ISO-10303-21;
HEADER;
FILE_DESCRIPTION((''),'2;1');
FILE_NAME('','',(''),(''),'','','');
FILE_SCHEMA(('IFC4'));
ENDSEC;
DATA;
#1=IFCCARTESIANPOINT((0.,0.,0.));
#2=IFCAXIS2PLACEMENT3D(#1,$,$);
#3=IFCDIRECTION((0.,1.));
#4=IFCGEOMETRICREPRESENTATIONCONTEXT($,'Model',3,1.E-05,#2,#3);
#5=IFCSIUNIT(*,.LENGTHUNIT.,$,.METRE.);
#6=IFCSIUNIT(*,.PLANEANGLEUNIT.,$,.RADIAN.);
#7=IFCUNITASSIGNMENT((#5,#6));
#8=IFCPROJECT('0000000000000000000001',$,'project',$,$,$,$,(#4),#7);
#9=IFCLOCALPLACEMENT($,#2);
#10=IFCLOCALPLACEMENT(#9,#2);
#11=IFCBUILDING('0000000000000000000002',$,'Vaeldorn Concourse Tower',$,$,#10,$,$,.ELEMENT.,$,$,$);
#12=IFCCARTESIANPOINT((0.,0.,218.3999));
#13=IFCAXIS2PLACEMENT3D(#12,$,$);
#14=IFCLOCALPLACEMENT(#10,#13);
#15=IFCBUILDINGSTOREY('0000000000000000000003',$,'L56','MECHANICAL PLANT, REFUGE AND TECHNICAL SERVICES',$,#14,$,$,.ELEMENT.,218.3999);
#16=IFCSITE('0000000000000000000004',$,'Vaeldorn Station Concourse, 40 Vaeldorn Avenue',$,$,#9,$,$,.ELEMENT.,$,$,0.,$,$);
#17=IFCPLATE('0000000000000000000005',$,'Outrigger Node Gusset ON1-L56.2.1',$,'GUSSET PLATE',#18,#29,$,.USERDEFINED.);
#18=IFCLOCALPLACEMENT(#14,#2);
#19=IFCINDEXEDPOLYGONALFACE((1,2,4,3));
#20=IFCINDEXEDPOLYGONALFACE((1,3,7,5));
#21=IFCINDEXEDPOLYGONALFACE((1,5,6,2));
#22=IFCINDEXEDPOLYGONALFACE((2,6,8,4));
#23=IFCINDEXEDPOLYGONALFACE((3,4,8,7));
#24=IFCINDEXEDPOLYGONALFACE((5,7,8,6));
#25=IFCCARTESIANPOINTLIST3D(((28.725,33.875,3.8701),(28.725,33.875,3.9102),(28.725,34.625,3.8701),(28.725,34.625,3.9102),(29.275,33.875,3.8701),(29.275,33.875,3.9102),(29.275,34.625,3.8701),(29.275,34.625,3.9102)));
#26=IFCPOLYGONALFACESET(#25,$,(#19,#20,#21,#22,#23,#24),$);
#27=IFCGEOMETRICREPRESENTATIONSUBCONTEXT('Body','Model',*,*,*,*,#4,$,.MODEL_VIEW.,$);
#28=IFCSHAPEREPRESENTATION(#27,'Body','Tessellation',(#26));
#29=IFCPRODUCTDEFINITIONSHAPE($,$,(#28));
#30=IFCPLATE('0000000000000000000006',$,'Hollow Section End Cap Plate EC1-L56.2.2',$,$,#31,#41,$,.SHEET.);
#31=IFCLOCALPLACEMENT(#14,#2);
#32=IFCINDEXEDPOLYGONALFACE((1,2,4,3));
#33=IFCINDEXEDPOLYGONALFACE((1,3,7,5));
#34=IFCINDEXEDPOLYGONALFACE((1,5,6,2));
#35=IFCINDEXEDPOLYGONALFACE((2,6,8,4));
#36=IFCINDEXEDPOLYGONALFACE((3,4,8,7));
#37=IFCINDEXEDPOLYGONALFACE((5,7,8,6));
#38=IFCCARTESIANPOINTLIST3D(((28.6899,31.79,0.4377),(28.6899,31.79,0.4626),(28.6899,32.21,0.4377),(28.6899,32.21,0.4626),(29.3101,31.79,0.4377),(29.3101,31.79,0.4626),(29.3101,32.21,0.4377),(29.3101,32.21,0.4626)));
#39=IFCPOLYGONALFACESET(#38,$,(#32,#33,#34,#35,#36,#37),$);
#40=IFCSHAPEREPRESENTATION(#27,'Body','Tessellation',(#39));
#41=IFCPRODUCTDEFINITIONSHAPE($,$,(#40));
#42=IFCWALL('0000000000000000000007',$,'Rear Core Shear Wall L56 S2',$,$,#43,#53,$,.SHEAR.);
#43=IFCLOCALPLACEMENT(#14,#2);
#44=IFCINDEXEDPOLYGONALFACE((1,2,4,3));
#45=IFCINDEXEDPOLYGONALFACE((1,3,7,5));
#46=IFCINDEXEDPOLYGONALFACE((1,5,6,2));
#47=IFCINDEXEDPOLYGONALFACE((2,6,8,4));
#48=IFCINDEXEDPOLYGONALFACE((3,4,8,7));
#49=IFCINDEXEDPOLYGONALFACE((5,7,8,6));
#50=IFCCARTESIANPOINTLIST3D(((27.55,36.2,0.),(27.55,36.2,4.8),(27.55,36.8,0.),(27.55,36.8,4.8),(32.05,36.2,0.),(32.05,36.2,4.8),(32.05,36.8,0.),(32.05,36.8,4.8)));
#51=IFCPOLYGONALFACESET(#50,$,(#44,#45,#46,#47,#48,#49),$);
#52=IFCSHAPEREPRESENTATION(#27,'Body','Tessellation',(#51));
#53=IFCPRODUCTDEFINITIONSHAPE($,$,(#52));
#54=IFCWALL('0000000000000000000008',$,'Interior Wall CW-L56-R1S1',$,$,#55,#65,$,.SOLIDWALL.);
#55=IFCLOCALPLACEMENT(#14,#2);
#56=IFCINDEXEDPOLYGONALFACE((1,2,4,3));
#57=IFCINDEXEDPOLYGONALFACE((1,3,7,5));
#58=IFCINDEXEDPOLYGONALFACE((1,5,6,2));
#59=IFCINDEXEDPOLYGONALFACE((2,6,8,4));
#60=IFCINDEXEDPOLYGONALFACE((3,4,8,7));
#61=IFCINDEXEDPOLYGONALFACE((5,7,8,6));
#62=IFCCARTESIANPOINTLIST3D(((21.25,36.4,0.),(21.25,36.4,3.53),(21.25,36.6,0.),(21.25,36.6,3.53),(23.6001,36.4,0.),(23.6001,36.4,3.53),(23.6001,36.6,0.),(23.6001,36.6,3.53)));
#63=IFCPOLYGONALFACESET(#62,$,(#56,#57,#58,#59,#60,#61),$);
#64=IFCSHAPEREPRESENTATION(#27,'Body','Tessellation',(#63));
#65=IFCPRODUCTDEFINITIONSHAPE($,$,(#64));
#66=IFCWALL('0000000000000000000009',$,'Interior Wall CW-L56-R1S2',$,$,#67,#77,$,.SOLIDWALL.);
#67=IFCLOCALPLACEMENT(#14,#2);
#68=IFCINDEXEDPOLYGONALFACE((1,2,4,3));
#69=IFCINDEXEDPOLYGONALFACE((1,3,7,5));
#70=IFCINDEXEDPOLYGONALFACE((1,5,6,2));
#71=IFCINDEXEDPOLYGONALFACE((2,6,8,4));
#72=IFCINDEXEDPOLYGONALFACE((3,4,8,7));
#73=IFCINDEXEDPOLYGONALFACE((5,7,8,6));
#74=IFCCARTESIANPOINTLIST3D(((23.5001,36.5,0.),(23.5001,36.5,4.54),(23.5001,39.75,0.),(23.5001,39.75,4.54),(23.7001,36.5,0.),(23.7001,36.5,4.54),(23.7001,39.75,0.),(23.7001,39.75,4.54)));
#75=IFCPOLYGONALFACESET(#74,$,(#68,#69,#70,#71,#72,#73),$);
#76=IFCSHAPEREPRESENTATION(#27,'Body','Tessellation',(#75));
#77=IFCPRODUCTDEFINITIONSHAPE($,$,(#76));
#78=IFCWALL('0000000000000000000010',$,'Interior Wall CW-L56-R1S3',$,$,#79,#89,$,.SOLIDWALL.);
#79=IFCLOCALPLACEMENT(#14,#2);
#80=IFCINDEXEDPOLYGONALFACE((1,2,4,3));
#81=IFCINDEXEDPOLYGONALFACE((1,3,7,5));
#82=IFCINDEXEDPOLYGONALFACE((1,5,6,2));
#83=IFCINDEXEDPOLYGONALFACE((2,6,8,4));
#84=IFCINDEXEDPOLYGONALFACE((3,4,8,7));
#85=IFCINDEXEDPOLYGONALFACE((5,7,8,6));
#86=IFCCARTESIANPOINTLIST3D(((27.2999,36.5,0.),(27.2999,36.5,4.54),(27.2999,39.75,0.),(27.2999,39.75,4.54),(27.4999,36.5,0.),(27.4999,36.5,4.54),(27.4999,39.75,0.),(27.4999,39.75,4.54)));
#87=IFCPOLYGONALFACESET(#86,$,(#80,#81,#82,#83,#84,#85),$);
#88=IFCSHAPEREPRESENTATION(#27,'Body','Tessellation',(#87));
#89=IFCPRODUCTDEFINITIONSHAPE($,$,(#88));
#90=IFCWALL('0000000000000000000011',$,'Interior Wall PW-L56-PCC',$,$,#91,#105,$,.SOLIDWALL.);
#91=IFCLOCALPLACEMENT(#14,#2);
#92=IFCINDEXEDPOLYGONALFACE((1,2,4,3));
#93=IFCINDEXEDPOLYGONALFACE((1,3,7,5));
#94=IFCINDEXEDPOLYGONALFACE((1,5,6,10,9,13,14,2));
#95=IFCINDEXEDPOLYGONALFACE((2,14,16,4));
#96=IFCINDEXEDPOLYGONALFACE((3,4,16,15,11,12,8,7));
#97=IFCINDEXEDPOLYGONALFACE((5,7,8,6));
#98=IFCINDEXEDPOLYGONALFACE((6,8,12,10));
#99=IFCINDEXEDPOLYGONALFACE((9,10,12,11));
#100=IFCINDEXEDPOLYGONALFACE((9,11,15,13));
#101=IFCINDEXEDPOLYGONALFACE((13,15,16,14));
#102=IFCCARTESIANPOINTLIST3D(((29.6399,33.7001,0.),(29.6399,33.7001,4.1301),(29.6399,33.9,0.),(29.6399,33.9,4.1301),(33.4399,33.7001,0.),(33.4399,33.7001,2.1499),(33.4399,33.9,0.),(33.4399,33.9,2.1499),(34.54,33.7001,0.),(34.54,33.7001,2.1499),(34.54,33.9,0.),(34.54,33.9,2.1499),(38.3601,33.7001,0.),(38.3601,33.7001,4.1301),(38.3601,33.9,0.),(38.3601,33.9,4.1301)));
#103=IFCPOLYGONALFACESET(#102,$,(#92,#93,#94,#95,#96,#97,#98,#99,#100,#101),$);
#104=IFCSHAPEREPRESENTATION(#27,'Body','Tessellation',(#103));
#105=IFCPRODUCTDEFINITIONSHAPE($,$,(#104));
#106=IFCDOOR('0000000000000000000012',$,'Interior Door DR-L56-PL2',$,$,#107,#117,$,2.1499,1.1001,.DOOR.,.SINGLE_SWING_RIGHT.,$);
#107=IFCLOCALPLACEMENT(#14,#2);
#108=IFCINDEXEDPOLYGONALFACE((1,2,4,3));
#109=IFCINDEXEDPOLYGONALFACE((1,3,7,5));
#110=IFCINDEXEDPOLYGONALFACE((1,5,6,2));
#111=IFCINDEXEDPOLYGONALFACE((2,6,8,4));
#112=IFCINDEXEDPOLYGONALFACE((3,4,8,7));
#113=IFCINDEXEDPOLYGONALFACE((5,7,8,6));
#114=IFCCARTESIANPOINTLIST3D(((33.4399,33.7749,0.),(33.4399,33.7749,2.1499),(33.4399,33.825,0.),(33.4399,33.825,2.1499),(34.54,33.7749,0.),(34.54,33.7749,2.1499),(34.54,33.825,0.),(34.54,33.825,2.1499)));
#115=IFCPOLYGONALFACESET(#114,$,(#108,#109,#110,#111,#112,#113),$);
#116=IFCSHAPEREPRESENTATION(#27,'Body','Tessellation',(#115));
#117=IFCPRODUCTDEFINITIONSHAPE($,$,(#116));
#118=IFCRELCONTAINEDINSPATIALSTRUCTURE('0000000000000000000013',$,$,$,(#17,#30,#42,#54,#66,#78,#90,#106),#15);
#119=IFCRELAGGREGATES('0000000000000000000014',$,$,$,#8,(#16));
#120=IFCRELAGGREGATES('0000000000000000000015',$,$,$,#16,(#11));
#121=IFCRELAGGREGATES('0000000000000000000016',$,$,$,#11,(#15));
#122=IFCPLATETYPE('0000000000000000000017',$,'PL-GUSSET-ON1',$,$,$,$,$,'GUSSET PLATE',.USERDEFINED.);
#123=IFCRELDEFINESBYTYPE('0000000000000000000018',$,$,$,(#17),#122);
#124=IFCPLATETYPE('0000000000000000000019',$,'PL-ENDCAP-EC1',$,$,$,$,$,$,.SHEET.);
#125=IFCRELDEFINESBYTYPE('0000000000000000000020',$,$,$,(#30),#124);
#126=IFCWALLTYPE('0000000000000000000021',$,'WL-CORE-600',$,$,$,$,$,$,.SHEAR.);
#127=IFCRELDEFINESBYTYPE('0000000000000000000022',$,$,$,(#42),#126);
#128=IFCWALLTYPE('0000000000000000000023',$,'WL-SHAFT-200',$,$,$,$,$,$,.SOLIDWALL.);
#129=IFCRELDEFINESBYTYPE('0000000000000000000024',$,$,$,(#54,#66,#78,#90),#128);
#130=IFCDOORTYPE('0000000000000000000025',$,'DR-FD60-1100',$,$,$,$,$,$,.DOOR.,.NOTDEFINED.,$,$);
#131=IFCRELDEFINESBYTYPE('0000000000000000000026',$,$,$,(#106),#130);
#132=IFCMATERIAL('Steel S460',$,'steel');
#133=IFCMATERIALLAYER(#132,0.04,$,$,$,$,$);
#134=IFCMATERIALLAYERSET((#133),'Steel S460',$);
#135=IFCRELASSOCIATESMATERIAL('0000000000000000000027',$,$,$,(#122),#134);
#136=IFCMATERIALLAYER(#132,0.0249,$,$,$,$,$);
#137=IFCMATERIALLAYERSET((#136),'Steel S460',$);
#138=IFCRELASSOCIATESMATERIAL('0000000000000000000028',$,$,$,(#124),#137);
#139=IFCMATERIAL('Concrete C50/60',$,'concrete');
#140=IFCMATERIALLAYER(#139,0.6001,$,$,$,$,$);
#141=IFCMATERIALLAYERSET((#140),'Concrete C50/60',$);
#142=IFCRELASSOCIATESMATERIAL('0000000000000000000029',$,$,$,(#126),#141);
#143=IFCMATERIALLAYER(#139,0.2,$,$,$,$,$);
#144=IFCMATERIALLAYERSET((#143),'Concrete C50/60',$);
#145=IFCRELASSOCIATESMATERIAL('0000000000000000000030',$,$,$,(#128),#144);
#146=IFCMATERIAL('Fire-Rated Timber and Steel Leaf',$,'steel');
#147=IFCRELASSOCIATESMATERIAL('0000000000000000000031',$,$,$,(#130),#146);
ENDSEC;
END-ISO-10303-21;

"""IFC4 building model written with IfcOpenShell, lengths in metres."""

from ifc_helpers import new_model, si_unit, direction, frame, frame_2d, origin, origin_2d, place, context, subcontext, project, spatial, rectangle, extrude, source, transform, mapped, material, layer, layer_set, type_object, element, fill, save


model = new_model("IFC4")

# Units and contexts
model_context = context("Model", 3, precision=1e-05, world=origin(), true_north=direction((0.0, 1.0)))
body_context = subcontext(model_context, "Body", "Model", "MODEL_VIEW")
ifc_project = project(units=[si_unit("LENGTHUNIT", "METRE"), si_unit("PLANEANGLEUNIT", "RADIAN")], contexts=[model_context])

# Site, building, storey
site_placement = place(None, origin())
site = spatial("IfcSite", under=ifc_project, at=site_placement, Name="Vaeldorn Station Concourse, 40 Vaeldorn Avenue", CompositionType="ELEMENT", RefElevation=0.0)
building_placement = place(site_placement, origin())
building = spatial("IfcBuilding", under=site, at=building_placement, Name="Vaeldorn Concourse Tower", CompositionType="ELEMENT")
storey_placement = place(building_placement, frame((0.0, 0.0, 218.3999)))
storey = spatial("IfcBuildingStorey", under=building, at=storey_placement, Name="L56", Description="MECHANICAL PLANT, REFUGE AND TECHNICAL SERVICES", CompositionType="ELEMENT", Elevation=218.3999)

# Shared definitions
ifc_material_1 = material(Name="Steel S460", Category="steel")

# Plates
ifc_layer_1 = layer(ifc_material_1, 0.04)
ifc_layer_set_1 = layer_set([ifc_layer_1], Name="Steel S460")
plate_type_1 = type_object("IfcPlateType", Name="PL-GUSSET-ON1", ElementType="GUSSET PLATE", PredefinedType="USERDEFINED", material=ifc_layer_set_1)
shared_shape_1 = source(origin(), body_context, "Body", "SweptSolid", [
    extrude(rectangle(XDim=0.75, YDim=0.55, at=origin_2d()), origin(), (0.0, 0.0, 1.0), 0.04),
])
plate_1_placement = place(storey_placement, frame((29.0, 34.25, 3.8701), z_axis=(0.0, 0.0, 1.0), x_axis=(0.0, 1.0, 0.0)))
element("IfcPlate", 1, at=plate_1_placement, inside=storey, type_object=plate_type_1, Name="Outrigger Node Gusset ON1-L56.2.1", ObjectType="GUSSET PLATE", PredefinedType="USERDEFINED", context=body_context, shape_type="MappedRepresentation", body=[
    mapped(shared_shape_1, transform((0.0, 0.0, 0.0), scale=1.0)),
])
ifc_layer_2 = layer(ifc_material_1, 0.0249)
ifc_layer_set_2 = layer_set([ifc_layer_2], Name="Steel S460")
plate_type_2 = type_object("IfcPlateType", Name="PL-ENDCAP-EC1", PredefinedType="SHEET", material=ifc_layer_set_2)
shared_shape_2 = source(origin(), body_context, "Body", "SweptSolid", [
    extrude(rectangle(XDim=0.6201, YDim=0.4199, at=origin_2d()), origin(), (0.0, 0.0, 1.0), 0.0249),
])
plate_2_placement = place(storey_placement, frame((29.0, 32.0, 0.4377), z_axis=(0.0, 0.0, 1.0), x_axis=(1.0, 0.0, 0.0)))
element("IfcPlate", 2, at=plate_2_placement, inside=storey, type_object=plate_type_2, Name="Hollow Section End Cap Plate EC1-L56.2.2", PredefinedType="SHEET", context=body_context, shape_type="MappedRepresentation", body=[
    mapped(shared_shape_2, transform((0.0, 0.0, 0.0), scale=1.0)),
])

# Walls
ifc_material_2 = material(Name="Concrete C50/60", Category="concrete")
ifc_layer_3 = layer(ifc_material_2, 0.6001)
ifc_layer_set_3 = layer_set([ifc_layer_3], Name="Concrete C50/60")
wall_type_1 = type_object("IfcWallType", Name="WL-CORE-600", PredefinedType="SHEAR", material=ifc_layer_set_3)
wall_1_placement = place(storey_placement, frame((27.55, 36.5, 0.0), z_axis=(0.0, 0.0, 1.0), x_axis=(1.0, 0.0, 0.0)))
element("IfcWall", 3, at=wall_1_placement, inside=storey, type_object=wall_type_1, Name="Rear Core Shear Wall L56 S2", PredefinedType="SHEAR", context=body_context, shape_type="SweptSolid", body=[
    extrude(rectangle(XDim=4.5, YDim=0.6001, at=frame_2d((2.25, 0.0))), origin(), (0.0, 0.0, 1.0), 4.8),
])
ifc_layer_4 = layer(ifc_material_2, 0.2)
ifc_layer_set_4 = layer_set([ifc_layer_4], Name="Concrete C50/60")
wall_type_2 = type_object("IfcWallType", Name="WL-SHAFT-200", PredefinedType="SOLIDWALL", material=ifc_layer_set_4)
wall_2_placement = place(storey_placement, frame((21.25, 36.5, 0.0), z_axis=(0.0, 0.0, 1.0), x_axis=(1.0, 0.0, 0.0)))
element("IfcWall", 4, at=wall_2_placement, inside=storey, type_object=wall_type_2, Name="Interior Wall CW-L56-R1S1", PredefinedType="SOLIDWALL", context=body_context, shape_type="SweptSolid", body=[
    extrude(rectangle(XDim=2.3501, YDim=0.2, at=frame_2d((1.175, 0.0))), origin(), (0.0, 0.0, 1.0), 3.53),
])
for number, where, z_axis, x_axis, name in (
    (5, (23.6001, 36.5, 0.0), (0.0, 0.0, 1.0), (0.0, 1.0, 0.0), "Interior Wall CW-L56-R1S2"),
    (6, (27.3999, 36.5, 0.0), (0.0, 0.0, 1.0), (0.0, 1.0, 0.0), "Interior Wall CW-L56-R1S3"),
):
    element("IfcWall", number, at=place(storey_placement, frame(where, z_axis=z_axis, x_axis=x_axis)), inside=storey, type_object=wall_type_2, Name=name, PredefinedType="SOLIDWALL", context=body_context, shape_type="SweptSolid", body=[
        extrude(rectangle(XDim=3.25, YDim=0.2, at=frame_2d((1.625, 0.0))), origin(), (0.0, 0.0, 1.0), 4.54),
    ])

# Wall, opening, door
wall_3_placement = place(storey_placement, frame((29.6399, 33.8, 0.0), z_axis=(0.0, 0.0, 1.0), x_axis=(1.0, 0.0, 0.0)))
wall_3 = element("IfcWall", 7, at=wall_3_placement, inside=storey, type_object=wall_type_2, Name="Interior Wall PW-L56-PCC", PredefinedType="SOLIDWALL", context=body_context, shape_type="SweptSolid", body=[
    extrude(rectangle(XDim=8.7202, YDim=0.2, at=frame_2d((4.3601, 0.0))), origin(), (0.0, 0.0, 1.0), 4.1301),
])
opening_placement = place(wall_3_placement, frame((3.8, 0.0, 0.0)))
opening = element("IfcOpeningElement", 8, at=opening_placement, cuts=wall_3, PredefinedType="OPENING", context=body_context, shape_type="SweptSolid", body=[
    extrude(rectangle(XDim=1.1001, YDim=2.1499, at=frame_2d((0.55, 1.075))), frame((0.0, 0.1099, 0.0), z_axis=(0.0, -1.0, 0.0), x_axis=(1.0, 0.0, 0.0)), (0.0, 0.0, 1.0), 0.22),
])
ifc_material_3 = material(Name="Fire-Rated Timber and Steel Leaf", Category="steel")
door_type = type_object("IfcDoorType", Name="DR-FD60-1100", OperationType="NOTDEFINED", PredefinedType="DOOR", material=ifc_material_3)
shared_shape_3 = source(origin(), body_context, "Body", "SweptSolid", [
    extrude(rectangle(XDim=1.1001, YDim=2.1499, at=frame_2d((0.55, 1.075))), frame((0.0, 0.0249, 0.0), z_axis=(0.0, -1.0, 0.0), x_axis=(1.0, 0.0, 0.0)), (0.0, 0.0, 1.0), 0.05),
])
door_placement = place(opening_placement, origin())
door = element("IfcDoor", 9, at=door_placement, inside=storey, type_object=door_type, Name="Interior Door DR-L56-PL2", OperationType="SINGLE_SWING_RIGHT", OverallHeight=2.1499, OverallWidth=1.1001, PredefinedType="DOOR", context=body_context, shape_type="MappedRepresentation", body=[
    mapped(shared_shape_3, transform((0.0, 0.0, 0.0), scale=1.0)),
])
fill(opening, door)

save(model, "model.ifc")
